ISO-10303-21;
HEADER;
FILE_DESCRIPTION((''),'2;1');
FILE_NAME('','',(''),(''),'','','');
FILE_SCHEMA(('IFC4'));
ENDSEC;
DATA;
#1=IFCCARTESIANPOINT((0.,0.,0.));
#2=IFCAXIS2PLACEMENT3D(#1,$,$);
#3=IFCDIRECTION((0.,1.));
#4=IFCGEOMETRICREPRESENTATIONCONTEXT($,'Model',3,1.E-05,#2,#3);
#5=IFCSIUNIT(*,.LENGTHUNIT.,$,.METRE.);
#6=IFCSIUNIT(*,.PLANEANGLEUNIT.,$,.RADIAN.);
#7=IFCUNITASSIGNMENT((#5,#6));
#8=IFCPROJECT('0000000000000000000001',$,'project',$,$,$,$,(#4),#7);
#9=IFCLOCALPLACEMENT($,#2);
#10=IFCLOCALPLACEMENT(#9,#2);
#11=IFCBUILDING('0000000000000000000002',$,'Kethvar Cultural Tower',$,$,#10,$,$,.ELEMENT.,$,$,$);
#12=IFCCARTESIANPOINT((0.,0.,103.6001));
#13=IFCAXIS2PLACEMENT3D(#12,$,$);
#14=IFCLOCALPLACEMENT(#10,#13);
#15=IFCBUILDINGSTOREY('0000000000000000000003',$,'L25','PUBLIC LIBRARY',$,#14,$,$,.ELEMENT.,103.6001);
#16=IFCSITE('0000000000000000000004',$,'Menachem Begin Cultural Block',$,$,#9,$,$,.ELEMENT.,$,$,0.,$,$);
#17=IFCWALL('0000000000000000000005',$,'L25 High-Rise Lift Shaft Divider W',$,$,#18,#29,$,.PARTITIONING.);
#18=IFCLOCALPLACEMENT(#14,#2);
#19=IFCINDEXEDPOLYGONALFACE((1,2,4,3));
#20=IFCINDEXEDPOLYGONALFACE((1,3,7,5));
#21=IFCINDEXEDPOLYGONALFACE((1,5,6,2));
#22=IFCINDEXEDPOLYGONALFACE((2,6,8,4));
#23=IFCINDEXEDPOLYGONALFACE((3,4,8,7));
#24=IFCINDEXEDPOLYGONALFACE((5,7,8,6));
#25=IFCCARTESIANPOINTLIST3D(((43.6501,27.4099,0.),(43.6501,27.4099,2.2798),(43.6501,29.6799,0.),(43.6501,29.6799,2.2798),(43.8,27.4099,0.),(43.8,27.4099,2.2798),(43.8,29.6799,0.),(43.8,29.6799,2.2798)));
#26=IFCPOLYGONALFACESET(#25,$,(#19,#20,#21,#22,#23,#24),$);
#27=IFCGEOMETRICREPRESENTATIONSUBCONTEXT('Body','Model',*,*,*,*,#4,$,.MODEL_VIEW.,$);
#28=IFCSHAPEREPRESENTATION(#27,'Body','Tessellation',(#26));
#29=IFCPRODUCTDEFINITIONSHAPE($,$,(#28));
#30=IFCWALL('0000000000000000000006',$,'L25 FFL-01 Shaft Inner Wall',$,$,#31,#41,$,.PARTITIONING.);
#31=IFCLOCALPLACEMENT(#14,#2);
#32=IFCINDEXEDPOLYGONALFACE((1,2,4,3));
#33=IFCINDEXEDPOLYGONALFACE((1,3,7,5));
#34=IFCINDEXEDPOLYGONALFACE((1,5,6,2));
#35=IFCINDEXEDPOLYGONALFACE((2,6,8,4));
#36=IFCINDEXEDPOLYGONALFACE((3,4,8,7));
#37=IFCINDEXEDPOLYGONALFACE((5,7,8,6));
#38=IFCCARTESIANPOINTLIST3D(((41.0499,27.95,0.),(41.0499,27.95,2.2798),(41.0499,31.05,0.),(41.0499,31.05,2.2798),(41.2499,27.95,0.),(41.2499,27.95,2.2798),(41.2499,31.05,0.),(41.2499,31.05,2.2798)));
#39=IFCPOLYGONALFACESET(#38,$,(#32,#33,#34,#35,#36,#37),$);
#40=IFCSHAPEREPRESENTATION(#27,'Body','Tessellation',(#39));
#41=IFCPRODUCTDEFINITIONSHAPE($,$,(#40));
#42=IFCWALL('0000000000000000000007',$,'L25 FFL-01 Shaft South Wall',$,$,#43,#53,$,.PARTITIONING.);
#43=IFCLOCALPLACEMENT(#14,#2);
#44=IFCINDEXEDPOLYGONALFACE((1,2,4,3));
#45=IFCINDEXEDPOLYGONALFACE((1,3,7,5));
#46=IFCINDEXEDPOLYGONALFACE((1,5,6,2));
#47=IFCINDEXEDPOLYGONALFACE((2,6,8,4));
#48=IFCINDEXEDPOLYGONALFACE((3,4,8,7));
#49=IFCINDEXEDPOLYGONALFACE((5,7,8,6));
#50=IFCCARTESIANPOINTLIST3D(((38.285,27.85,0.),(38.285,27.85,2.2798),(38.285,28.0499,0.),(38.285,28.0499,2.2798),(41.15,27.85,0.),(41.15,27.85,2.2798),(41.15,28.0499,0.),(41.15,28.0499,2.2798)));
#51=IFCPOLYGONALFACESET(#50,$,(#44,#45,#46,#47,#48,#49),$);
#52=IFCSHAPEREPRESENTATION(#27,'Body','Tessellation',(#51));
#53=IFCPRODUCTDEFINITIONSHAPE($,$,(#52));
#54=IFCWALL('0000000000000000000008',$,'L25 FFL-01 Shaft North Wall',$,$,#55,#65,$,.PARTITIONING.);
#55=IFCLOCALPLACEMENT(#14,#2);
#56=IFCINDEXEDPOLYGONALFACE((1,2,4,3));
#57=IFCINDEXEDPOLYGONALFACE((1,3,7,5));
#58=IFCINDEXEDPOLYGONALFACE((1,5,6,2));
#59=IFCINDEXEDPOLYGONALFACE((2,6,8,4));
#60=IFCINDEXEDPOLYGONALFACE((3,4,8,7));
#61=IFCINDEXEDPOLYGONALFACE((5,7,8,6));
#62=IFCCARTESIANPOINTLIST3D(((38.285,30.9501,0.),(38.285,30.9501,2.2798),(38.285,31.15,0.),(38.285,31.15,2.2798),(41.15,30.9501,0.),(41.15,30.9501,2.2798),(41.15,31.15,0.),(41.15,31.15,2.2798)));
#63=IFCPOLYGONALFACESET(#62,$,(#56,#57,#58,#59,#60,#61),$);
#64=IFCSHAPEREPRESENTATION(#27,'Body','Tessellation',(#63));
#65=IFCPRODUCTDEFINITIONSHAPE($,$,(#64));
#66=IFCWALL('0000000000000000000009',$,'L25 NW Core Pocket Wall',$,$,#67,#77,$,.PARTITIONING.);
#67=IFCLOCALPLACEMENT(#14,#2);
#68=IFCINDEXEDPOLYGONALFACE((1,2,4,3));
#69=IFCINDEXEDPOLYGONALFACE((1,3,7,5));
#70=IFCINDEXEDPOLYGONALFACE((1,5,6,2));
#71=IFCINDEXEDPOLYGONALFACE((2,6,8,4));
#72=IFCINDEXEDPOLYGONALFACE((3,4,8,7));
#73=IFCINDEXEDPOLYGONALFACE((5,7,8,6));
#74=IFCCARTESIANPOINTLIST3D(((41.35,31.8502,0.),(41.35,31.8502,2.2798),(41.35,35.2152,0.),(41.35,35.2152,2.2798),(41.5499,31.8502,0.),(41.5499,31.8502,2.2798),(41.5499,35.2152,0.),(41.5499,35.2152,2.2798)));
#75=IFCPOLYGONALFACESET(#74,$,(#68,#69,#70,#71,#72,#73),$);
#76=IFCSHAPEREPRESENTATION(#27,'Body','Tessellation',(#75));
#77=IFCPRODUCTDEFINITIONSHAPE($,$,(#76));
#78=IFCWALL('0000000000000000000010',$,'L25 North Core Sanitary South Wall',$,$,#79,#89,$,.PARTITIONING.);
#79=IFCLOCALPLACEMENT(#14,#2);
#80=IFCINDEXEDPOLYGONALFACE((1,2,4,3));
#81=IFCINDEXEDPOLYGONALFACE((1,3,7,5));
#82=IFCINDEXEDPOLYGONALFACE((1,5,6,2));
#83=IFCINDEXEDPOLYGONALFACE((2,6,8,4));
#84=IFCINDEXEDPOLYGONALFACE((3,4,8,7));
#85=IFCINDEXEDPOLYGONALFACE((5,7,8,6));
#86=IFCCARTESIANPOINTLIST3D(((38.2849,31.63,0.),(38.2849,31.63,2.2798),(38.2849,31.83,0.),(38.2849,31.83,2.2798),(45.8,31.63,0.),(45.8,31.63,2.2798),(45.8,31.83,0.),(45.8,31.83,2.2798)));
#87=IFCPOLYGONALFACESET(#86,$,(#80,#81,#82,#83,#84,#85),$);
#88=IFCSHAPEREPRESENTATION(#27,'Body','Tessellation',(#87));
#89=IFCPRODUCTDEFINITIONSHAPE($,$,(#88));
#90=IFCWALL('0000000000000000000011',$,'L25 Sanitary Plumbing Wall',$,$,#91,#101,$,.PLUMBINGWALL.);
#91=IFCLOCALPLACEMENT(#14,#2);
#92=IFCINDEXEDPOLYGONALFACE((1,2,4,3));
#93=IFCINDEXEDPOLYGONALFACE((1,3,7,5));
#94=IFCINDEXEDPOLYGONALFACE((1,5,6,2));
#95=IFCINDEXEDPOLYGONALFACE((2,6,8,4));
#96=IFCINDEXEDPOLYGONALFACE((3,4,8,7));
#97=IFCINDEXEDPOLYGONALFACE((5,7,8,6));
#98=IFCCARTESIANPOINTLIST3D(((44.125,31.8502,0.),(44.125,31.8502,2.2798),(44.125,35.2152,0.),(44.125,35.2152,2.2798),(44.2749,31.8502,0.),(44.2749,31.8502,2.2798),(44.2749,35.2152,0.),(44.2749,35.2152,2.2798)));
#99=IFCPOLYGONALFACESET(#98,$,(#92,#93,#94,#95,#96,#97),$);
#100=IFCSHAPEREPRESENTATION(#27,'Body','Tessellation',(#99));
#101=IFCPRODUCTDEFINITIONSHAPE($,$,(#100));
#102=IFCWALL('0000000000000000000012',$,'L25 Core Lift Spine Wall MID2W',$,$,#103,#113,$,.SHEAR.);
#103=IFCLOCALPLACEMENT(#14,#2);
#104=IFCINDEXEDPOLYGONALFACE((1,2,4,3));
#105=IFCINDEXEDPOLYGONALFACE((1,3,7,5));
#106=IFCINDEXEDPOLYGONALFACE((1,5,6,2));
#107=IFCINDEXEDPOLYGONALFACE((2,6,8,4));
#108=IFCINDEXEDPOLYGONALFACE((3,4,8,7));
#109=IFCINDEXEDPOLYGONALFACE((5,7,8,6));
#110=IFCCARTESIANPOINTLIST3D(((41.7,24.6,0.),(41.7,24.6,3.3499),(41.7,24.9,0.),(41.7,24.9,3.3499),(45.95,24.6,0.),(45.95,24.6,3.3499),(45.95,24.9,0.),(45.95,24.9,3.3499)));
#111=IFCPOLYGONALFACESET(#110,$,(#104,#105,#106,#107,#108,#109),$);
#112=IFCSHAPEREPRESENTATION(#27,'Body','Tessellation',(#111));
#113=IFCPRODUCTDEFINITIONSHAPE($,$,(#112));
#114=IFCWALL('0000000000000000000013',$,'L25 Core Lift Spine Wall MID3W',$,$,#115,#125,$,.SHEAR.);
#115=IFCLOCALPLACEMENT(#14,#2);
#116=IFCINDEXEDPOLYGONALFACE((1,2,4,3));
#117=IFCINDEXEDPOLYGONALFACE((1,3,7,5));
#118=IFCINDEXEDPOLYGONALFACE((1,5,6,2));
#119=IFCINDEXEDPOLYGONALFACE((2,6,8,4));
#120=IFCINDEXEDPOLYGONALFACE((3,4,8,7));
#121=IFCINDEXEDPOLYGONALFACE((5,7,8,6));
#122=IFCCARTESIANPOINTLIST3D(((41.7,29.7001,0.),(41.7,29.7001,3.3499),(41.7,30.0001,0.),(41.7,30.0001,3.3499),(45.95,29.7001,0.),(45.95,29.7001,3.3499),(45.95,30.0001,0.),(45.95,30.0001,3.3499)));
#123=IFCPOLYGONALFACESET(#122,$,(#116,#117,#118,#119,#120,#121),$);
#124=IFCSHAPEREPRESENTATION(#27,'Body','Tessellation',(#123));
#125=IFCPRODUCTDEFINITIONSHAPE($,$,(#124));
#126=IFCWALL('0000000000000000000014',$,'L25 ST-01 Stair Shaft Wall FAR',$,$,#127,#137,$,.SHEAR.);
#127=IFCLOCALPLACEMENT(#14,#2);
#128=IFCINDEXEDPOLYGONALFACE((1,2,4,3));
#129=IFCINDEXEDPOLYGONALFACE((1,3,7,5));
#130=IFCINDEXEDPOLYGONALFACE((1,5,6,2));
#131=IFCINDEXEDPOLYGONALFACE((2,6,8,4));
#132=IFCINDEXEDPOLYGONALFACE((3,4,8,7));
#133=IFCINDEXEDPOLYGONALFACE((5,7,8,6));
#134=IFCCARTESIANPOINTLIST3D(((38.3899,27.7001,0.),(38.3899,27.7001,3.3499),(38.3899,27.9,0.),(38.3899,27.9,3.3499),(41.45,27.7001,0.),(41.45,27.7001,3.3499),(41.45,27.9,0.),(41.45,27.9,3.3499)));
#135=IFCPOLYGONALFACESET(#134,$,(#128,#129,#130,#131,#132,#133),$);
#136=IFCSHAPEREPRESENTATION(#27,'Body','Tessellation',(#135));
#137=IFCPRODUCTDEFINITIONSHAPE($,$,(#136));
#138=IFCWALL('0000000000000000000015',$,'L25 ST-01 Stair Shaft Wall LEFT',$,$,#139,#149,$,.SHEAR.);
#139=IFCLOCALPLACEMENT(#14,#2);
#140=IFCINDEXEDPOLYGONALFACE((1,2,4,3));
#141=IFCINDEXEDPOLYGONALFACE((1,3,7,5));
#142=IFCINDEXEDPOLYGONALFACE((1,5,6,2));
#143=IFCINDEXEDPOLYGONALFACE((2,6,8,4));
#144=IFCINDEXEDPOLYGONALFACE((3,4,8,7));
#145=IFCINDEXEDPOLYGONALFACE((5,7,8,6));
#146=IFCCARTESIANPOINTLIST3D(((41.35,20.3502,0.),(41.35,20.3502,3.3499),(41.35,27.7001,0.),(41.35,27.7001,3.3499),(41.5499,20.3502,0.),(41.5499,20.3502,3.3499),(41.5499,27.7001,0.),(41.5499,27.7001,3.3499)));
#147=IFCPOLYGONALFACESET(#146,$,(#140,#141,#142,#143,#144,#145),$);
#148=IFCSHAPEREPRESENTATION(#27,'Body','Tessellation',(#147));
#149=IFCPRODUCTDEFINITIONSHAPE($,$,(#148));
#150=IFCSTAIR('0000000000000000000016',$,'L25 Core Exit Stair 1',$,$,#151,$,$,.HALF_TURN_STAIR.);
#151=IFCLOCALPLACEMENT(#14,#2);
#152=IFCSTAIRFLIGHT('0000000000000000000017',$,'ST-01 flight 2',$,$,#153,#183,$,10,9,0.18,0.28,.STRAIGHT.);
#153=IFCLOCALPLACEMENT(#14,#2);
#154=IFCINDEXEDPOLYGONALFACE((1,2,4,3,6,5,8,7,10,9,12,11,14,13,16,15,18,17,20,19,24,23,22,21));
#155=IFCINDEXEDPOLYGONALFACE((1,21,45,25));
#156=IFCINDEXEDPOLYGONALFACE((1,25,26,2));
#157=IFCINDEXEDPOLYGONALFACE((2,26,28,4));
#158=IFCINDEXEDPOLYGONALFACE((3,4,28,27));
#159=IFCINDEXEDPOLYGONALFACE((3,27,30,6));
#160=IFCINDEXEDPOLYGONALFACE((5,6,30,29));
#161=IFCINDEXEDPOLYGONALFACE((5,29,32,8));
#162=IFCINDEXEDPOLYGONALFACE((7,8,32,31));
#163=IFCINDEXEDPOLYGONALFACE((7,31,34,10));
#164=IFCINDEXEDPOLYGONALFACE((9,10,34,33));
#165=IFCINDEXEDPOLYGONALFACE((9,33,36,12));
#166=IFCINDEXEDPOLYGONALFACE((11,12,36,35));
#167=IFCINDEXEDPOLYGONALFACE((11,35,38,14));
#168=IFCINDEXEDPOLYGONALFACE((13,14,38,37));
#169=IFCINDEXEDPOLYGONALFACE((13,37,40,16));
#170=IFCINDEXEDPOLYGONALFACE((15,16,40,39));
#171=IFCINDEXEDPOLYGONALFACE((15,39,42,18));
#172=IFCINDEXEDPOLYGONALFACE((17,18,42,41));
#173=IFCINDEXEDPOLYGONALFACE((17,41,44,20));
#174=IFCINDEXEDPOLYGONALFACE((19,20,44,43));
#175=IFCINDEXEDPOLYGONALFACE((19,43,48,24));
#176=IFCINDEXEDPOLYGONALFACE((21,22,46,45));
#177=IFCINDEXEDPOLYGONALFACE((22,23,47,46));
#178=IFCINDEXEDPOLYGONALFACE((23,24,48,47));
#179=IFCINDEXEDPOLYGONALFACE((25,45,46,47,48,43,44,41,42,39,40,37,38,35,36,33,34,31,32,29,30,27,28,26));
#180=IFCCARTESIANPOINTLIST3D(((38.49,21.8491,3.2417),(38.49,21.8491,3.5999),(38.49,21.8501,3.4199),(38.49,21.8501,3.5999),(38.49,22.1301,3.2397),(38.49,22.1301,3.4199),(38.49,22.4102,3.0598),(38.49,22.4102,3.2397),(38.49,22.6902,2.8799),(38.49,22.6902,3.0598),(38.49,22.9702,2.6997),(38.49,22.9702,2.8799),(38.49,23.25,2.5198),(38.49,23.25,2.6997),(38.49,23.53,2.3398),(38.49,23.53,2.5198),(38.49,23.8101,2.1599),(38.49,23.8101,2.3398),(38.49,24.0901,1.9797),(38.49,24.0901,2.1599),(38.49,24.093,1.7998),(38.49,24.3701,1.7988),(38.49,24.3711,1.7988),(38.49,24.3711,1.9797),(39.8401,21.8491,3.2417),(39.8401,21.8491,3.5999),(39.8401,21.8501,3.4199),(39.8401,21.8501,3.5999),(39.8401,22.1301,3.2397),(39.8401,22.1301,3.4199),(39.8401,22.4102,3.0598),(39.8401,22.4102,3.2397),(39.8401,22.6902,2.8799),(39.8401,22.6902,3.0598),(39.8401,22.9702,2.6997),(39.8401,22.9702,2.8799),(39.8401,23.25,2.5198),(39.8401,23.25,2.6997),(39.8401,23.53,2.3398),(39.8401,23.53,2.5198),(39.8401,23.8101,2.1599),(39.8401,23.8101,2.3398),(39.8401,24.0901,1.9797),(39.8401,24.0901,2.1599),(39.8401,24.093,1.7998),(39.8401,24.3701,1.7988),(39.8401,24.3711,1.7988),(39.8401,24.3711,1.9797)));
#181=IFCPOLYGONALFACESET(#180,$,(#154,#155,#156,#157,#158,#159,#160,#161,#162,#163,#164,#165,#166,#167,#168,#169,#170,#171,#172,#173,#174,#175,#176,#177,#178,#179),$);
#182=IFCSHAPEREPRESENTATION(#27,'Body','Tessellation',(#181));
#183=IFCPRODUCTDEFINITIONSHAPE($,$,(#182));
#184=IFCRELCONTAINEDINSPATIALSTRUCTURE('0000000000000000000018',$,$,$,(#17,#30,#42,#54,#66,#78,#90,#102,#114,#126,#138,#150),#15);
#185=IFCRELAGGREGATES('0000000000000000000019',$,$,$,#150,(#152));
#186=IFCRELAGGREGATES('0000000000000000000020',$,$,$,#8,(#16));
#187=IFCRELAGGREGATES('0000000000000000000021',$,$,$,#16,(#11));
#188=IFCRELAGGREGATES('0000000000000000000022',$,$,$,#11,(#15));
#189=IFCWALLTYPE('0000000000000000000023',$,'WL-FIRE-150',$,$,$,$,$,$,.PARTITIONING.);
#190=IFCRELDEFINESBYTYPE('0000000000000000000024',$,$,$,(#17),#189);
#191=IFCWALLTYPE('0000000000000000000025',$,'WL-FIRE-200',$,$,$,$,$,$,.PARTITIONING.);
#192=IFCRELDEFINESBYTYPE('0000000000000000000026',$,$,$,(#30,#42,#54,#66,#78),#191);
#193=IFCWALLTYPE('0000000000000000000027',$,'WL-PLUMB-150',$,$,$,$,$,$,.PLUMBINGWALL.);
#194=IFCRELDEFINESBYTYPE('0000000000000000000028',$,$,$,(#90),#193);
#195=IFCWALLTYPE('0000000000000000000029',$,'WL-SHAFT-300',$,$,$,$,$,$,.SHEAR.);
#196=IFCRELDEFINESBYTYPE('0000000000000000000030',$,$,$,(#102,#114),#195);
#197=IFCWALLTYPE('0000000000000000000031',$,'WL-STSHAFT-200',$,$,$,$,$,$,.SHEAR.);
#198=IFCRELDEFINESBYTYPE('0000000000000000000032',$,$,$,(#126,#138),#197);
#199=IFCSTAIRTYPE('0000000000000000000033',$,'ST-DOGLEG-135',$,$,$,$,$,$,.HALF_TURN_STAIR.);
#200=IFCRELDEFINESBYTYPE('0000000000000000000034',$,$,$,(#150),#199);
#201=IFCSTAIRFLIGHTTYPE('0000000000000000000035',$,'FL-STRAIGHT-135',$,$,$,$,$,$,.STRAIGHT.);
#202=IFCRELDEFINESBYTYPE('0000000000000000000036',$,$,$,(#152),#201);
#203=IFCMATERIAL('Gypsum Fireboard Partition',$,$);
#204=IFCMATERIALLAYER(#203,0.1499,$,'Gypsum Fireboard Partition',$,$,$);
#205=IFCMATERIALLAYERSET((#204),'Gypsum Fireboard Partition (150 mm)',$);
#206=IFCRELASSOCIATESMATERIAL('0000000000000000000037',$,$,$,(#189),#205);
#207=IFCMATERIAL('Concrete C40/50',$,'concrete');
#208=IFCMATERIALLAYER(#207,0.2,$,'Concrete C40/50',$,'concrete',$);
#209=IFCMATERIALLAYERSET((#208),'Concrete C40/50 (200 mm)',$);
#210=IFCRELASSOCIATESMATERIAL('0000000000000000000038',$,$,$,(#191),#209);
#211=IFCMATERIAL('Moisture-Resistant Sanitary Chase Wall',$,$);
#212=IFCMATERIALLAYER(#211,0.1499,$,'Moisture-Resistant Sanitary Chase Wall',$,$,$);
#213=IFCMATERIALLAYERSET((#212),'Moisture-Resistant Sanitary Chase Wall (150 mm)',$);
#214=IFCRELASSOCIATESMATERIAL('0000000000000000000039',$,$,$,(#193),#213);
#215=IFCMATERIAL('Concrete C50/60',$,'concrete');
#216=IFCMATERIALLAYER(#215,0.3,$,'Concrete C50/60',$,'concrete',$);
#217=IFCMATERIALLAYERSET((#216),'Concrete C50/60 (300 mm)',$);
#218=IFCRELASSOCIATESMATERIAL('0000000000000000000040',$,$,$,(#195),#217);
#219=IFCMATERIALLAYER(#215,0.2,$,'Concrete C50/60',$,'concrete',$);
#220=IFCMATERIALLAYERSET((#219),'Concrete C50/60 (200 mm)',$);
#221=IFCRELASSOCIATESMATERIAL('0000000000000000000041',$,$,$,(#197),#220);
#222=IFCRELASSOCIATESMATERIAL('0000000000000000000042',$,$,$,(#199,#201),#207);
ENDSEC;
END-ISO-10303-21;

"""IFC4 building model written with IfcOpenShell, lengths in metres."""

from ifc_helpers import new_model, si_unit, direction, frame, frame_2d, origin, place, context, subcontext, project, spatial, polyline, rectangle, outline, extrude, material, layer, layer_set, type_object, element, aggregate, save


model = new_model("IFC4")

# Units and contexts
model_context = context("Model", 3, precision=1e-05, world=origin(), true_north=direction((0.0, 1.0)))
body_context = subcontext(model_context, "Body", "Model", "MODEL_VIEW")
ifc_project = project(units=[si_unit("LENGTHUNIT", "METRE"), si_unit("PLANEANGLEUNIT", "RADIAN")], contexts=[model_context])

# Site, building, storey
site_placement = place(None, origin())
site = spatial("IfcSite", under=ifc_project, at=site_placement, Name="Menachem Begin Cultural Block", CompositionType="ELEMENT", RefElevation=0.0)
building_placement = place(site_placement, origin())
building = spatial("IfcBuilding", under=site, at=building_placement, Name="Kethvar Cultural Tower", CompositionType="ELEMENT")
storey_placement = place(building_placement, frame((0.0, 0.0, 103.6001)))
storey = spatial("IfcBuildingStorey", under=building, at=storey_placement, Name="L25", Description="PUBLIC LIBRARY", CompositionType="ELEMENT", Elevation=103.6001)

# Walls
ifc_material_1 = material(Name="Gypsum Fireboard Partition")
ifc_layer_1 = layer(ifc_material_1, 0.1499, Name="Gypsum Fireboard Partition")
ifc_layer_set_1 = layer_set([ifc_layer_1], Name="Gypsum Fireboard Partition (150 mm)")
wall_type_1 = type_object("IfcWallType", Name="WL-FIRE-150", PredefinedType="PARTITIONING", material=ifc_layer_set_1)
for number, where, z_axis, x_axis, name in (
    (1, (43.7251, 27.4099, 0.0), (0.0, 0.0, 1.0), (0.0, 1.0, 0.0), "L25 High-Rise Lift Shaft Divider W"),
):
    element("IfcWall", number, at=place(storey_placement, frame(where, z_axis=z_axis, x_axis=x_axis)), inside=storey, type_object=wall_type_1, Name=name, PredefinedType="PARTITIONING", context=body_context, shape_type="SweptSolid", body=[
        extrude(rectangle(XDim=2.27, YDim=0.1499, at=frame_2d((1.135, 0.0))), origin(), (0.0, 0.0, 1.0), 2.2798),
    ])
ifc_material_2 = material(Name="Concrete C40/50", Category="concrete")
ifc_layer_2 = layer(ifc_material_2, 0.2, Name="Concrete C40/50", Category="concrete")
ifc_layer_set_2 = layer_set([ifc_layer_2], Name="Concrete C40/50 (200 mm)")
wall_type_2 = type_object("IfcWallType", Name="WL-FIRE-200", PredefinedType="PARTITIONING", material=ifc_layer_set_2)
wall_1_placement = place(storey_placement, frame((41.1499, 27.95, 0.0), z_axis=(0.0, 0.0, 1.0), x_axis=(0.0, 1.0, 0.0)))
element("IfcWall", 2, at=wall_1_placement, inside=storey, type_object=wall_type_2, Name="L25 FFL-01 Shaft Inner Wall", PredefinedType="PARTITIONING", context=body_context, shape_type="SweptSolid", body=[
    extrude(rectangle(XDim=3.1001, YDim=0.2, at=frame_2d((1.55, 0.0))), origin(), (0.0, 0.0, 1.0), 2.2798),
])
for number, where, z_axis, x_axis, name in (
    (3, (38.2849, 27.95, 0.0), (0.0, 0.0, 1.0), (1.0, 0.0, 0.0), "L25 FFL-01 Shaft South Wall"),
    (4, (38.2849, 31.05, 0.0), (0.0, 0.0, 1.0), (1.0, 0.0, 0.0), "L25 FFL-01 Shaft North Wall"),
):
    element("IfcWall", number, at=place(storey_placement, frame(where, z_axis=z_axis, x_axis=x_axis)), inside=storey, type_object=wall_type_2, Name=name, PredefinedType="PARTITIONING", context=body_context, shape_type="SweptSolid", body=[
        extrude(rectangle(XDim=2.865, YDim=0.2, at=frame_2d((1.4326, 0.0))), origin(), (0.0, 0.0, 1.0), 2.2798),
    ])
wall_2_placement = place(storey_placement, frame((41.45, 31.8501, 0.0), z_axis=(0.0, 0.0, 1.0), x_axis=(0.0, 1.0, 0.0)))
element("IfcWall", 5, at=wall_2_placement, inside=storey, type_object=wall_type_2, Name="L25 NW Core Pocket Wall", PredefinedType="PARTITIONING", context=body_context, shape_type="SweptSolid", body=[
    extrude(rectangle(XDim=3.365, YDim=0.2, at=frame_2d((1.6826, 0.0))), origin(), (0.0, 0.0, 1.0), 2.2798),
])
wall_3_placement = place(storey_placement, frame((38.2849, 31.73, 0.0), z_axis=(0.0, 0.0, 1.0), x_axis=(1.0, 0.0, 0.0)))
element("IfcWall", 6, at=wall_3_placement, inside=storey, type_object=wall_type_2, Name="L25 North Core Sanitary South Wall", PredefinedType="PARTITIONING", context=body_context, shape_type="SweptSolid", body=[
    extrude(rectangle(XDim=7.5151, YDim=0.2, at=frame_2d((3.7576, 0.0))), origin(), (0.0, 0.0, 1.0), 2.2798),
])
ifc_material_3 = material(Name="Moisture-Resistant Sanitary Chase Wall")
ifc_layer_3 = layer(ifc_material_3, 0.1499, Name="Moisture-Resistant Sanitary Chase Wall")
ifc_layer_set_3 = layer_set([ifc_layer_3], Name="Moisture-Resistant Sanitary Chase Wall (150 mm)")
wall_type_3 = type_object("IfcWallType", Name="WL-PLUMB-150", PredefinedType="PLUMBINGWALL", material=ifc_layer_set_3)
wall_4_placement = place(storey_placement, frame((44.2, 31.8501, 0.0), z_axis=(0.0, 0.0, 1.0), x_axis=(0.0, 1.0, 0.0)))
element("IfcWall", 7, at=wall_4_placement, inside=storey, type_object=wall_type_3, Name="L25 Sanitary Plumbing Wall", PredefinedType="PLUMBINGWALL", context=body_context, shape_type="SweptSolid", body=[
    extrude(rectangle(XDim=3.365, YDim=0.1499, at=frame_2d((1.6826, 0.0))), origin(), (0.0, 0.0, 1.0), 2.2798),
])
ifc_material_4 = material(Name="Concrete C50/60", Category="concrete")
ifc_layer_4 = layer(ifc_material_4, 0.3, Name="Concrete C50/60", Category="concrete")
ifc_layer_set_4 = layer_set([ifc_layer_4], Name="Concrete C50/60 (300 mm)")
wall_type_4 = type_object("IfcWallType", Name="WL-SHAFT-300", PredefinedType="SHEAR", material=ifc_layer_set_4)
for number, where, z_axis, x_axis, name in (
    (8, (41.7, 24.75, 0.0), (0.0, 0.0, 1.0), (1.0, 0.0, 0.0), "L25 Core Lift Spine Wall MID2W"),
    (9, (41.7, 29.8501, 0.0), (0.0, 0.0, 1.0), (1.0, 0.0, 0.0), "L25 Core Lift Spine Wall MID3W"),
):
    element("IfcWall", number, at=place(storey_placement, frame(where, z_axis=z_axis, x_axis=x_axis)), inside=storey, type_object=wall_type_4, Name=name, PredefinedType="SHEAR", context=body_context, shape_type="SweptSolid", body=[
        extrude(rectangle(XDim=4.25, YDim=0.3, at=frame_2d((2.125, 0.0))), origin(), (0.0, 0.0, 1.0), 3.3499),
    ])
ifc_layer_5 = layer(ifc_material_4, 0.2, Name="Concrete C50/60", Category="concrete")
ifc_layer_set_5 = layer_set([ifc_layer_5], Name="Concrete C50/60 (200 mm)")
wall_type_5 = type_object("IfcWallType", Name="WL-STSHAFT-200", PredefinedType="SHEAR", material=ifc_layer_set_5)
wall_5_placement = place(storey_placement, frame((38.3899, 27.8, 0.0), z_axis=(0.0, 0.0, 1.0), x_axis=(1.0, 0.0, 0.0)))
element("IfcWall", 10, at=wall_5_placement, inside=storey, type_object=wall_type_5, Name="L25 ST-01 Stair Shaft Wall FAR", PredefinedType="SHEAR", context=body_context, shape_type="SweptSolid", body=[
    extrude(rectangle(XDim=3.0601, YDim=0.2, at=frame_2d((1.53, 0.0))), origin(), (0.0, 0.0, 1.0), 3.3499),
])
wall_6_placement = place(storey_placement, frame((41.45, 27.7, 0.0), z_axis=(0.0, 0.0, 1.0), x_axis=(0.0, -1.0, 0.0)))
element("IfcWall", 11, at=wall_6_placement, inside=storey, type_object=wall_type_5, Name="L25 ST-01 Stair Shaft Wall LEFT", PredefinedType="SHEAR", context=body_context, shape_type="SweptSolid", body=[
    extrude(rectangle(XDim=7.3499, YDim=0.2, at=frame_2d((3.6748, 0.0))), origin(), (0.0, 0.0, 1.0), 3.3499),
])

# Stair, stair flight
stair_type = type_object("IfcStairType", Name="ST-DOGLEG-135", PredefinedType="HALF_TURN_STAIR", material=ifc_material_2)
stair_placement = place(storey_placement, origin())
stair = element("IfcStair", 12, at=stair_placement, inside=storey, type_object=stair_type, Name="L25 Core Exit Stair 1", PredefinedType="HALF_TURN_STAIR")
stair_flight_type = type_object("IfcStairFlightType", Name="FL-STRAIGHT-135", PredefinedType="STRAIGHT", material=ifc_material_2)
stair_flight_placement = place(storey_placement, frame((39.165, 24.3701, 1.7998), z_axis=(0.0, 0.0, 1.0), x_axis=(0.0, -1.0, 0.0)))
stair_flight = element("IfcStairFlight", 13, at=stair_flight_placement, type_object=stair_flight_type, Name="ST-01 flight 2", NumberOfRisers=10, NumberOfTreads=9, PredefinedType="STRAIGHT", RiserHeight=0.18, TreadLength=0.28, context=body_context, shape_type="SweptSolid", body=[
    extrude(outline(polyline([(-0.001, -0.001), (-0.001, 0.1799), (0.28, 0.1799), (0.28, 0.3601), (0.5601, 0.3601), (0.5601, 0.54), (0.8401, 0.54), (0.8401, 0.72), (1.1201, 0.72), (1.1201, 0.8999), (1.3999, 0.8999), (1.3999, 1.0801), (1.6799, 1.0801), (1.6799, 1.26), (1.96, 1.26), (1.96, 1.4399), (2.24, 1.4399), (2.24, 1.6201), (2.52, 1.6201), (2.52, 1.8), (2.521, 1.8), (2.521, 1.4419), (0.2771, 0.0), (0.0, -0.001), (-0.001, -0.001)])), frame((0.0, 0.675, 0.0), z_axis=(0.0, -1.0, 0.0), x_axis=(1.0, 0.0, 0.0)), (0.0, 0.0, 1.0), 1.3501),
])
aggregate(stair, [stair_flight])

save(model, "model.ifc")
